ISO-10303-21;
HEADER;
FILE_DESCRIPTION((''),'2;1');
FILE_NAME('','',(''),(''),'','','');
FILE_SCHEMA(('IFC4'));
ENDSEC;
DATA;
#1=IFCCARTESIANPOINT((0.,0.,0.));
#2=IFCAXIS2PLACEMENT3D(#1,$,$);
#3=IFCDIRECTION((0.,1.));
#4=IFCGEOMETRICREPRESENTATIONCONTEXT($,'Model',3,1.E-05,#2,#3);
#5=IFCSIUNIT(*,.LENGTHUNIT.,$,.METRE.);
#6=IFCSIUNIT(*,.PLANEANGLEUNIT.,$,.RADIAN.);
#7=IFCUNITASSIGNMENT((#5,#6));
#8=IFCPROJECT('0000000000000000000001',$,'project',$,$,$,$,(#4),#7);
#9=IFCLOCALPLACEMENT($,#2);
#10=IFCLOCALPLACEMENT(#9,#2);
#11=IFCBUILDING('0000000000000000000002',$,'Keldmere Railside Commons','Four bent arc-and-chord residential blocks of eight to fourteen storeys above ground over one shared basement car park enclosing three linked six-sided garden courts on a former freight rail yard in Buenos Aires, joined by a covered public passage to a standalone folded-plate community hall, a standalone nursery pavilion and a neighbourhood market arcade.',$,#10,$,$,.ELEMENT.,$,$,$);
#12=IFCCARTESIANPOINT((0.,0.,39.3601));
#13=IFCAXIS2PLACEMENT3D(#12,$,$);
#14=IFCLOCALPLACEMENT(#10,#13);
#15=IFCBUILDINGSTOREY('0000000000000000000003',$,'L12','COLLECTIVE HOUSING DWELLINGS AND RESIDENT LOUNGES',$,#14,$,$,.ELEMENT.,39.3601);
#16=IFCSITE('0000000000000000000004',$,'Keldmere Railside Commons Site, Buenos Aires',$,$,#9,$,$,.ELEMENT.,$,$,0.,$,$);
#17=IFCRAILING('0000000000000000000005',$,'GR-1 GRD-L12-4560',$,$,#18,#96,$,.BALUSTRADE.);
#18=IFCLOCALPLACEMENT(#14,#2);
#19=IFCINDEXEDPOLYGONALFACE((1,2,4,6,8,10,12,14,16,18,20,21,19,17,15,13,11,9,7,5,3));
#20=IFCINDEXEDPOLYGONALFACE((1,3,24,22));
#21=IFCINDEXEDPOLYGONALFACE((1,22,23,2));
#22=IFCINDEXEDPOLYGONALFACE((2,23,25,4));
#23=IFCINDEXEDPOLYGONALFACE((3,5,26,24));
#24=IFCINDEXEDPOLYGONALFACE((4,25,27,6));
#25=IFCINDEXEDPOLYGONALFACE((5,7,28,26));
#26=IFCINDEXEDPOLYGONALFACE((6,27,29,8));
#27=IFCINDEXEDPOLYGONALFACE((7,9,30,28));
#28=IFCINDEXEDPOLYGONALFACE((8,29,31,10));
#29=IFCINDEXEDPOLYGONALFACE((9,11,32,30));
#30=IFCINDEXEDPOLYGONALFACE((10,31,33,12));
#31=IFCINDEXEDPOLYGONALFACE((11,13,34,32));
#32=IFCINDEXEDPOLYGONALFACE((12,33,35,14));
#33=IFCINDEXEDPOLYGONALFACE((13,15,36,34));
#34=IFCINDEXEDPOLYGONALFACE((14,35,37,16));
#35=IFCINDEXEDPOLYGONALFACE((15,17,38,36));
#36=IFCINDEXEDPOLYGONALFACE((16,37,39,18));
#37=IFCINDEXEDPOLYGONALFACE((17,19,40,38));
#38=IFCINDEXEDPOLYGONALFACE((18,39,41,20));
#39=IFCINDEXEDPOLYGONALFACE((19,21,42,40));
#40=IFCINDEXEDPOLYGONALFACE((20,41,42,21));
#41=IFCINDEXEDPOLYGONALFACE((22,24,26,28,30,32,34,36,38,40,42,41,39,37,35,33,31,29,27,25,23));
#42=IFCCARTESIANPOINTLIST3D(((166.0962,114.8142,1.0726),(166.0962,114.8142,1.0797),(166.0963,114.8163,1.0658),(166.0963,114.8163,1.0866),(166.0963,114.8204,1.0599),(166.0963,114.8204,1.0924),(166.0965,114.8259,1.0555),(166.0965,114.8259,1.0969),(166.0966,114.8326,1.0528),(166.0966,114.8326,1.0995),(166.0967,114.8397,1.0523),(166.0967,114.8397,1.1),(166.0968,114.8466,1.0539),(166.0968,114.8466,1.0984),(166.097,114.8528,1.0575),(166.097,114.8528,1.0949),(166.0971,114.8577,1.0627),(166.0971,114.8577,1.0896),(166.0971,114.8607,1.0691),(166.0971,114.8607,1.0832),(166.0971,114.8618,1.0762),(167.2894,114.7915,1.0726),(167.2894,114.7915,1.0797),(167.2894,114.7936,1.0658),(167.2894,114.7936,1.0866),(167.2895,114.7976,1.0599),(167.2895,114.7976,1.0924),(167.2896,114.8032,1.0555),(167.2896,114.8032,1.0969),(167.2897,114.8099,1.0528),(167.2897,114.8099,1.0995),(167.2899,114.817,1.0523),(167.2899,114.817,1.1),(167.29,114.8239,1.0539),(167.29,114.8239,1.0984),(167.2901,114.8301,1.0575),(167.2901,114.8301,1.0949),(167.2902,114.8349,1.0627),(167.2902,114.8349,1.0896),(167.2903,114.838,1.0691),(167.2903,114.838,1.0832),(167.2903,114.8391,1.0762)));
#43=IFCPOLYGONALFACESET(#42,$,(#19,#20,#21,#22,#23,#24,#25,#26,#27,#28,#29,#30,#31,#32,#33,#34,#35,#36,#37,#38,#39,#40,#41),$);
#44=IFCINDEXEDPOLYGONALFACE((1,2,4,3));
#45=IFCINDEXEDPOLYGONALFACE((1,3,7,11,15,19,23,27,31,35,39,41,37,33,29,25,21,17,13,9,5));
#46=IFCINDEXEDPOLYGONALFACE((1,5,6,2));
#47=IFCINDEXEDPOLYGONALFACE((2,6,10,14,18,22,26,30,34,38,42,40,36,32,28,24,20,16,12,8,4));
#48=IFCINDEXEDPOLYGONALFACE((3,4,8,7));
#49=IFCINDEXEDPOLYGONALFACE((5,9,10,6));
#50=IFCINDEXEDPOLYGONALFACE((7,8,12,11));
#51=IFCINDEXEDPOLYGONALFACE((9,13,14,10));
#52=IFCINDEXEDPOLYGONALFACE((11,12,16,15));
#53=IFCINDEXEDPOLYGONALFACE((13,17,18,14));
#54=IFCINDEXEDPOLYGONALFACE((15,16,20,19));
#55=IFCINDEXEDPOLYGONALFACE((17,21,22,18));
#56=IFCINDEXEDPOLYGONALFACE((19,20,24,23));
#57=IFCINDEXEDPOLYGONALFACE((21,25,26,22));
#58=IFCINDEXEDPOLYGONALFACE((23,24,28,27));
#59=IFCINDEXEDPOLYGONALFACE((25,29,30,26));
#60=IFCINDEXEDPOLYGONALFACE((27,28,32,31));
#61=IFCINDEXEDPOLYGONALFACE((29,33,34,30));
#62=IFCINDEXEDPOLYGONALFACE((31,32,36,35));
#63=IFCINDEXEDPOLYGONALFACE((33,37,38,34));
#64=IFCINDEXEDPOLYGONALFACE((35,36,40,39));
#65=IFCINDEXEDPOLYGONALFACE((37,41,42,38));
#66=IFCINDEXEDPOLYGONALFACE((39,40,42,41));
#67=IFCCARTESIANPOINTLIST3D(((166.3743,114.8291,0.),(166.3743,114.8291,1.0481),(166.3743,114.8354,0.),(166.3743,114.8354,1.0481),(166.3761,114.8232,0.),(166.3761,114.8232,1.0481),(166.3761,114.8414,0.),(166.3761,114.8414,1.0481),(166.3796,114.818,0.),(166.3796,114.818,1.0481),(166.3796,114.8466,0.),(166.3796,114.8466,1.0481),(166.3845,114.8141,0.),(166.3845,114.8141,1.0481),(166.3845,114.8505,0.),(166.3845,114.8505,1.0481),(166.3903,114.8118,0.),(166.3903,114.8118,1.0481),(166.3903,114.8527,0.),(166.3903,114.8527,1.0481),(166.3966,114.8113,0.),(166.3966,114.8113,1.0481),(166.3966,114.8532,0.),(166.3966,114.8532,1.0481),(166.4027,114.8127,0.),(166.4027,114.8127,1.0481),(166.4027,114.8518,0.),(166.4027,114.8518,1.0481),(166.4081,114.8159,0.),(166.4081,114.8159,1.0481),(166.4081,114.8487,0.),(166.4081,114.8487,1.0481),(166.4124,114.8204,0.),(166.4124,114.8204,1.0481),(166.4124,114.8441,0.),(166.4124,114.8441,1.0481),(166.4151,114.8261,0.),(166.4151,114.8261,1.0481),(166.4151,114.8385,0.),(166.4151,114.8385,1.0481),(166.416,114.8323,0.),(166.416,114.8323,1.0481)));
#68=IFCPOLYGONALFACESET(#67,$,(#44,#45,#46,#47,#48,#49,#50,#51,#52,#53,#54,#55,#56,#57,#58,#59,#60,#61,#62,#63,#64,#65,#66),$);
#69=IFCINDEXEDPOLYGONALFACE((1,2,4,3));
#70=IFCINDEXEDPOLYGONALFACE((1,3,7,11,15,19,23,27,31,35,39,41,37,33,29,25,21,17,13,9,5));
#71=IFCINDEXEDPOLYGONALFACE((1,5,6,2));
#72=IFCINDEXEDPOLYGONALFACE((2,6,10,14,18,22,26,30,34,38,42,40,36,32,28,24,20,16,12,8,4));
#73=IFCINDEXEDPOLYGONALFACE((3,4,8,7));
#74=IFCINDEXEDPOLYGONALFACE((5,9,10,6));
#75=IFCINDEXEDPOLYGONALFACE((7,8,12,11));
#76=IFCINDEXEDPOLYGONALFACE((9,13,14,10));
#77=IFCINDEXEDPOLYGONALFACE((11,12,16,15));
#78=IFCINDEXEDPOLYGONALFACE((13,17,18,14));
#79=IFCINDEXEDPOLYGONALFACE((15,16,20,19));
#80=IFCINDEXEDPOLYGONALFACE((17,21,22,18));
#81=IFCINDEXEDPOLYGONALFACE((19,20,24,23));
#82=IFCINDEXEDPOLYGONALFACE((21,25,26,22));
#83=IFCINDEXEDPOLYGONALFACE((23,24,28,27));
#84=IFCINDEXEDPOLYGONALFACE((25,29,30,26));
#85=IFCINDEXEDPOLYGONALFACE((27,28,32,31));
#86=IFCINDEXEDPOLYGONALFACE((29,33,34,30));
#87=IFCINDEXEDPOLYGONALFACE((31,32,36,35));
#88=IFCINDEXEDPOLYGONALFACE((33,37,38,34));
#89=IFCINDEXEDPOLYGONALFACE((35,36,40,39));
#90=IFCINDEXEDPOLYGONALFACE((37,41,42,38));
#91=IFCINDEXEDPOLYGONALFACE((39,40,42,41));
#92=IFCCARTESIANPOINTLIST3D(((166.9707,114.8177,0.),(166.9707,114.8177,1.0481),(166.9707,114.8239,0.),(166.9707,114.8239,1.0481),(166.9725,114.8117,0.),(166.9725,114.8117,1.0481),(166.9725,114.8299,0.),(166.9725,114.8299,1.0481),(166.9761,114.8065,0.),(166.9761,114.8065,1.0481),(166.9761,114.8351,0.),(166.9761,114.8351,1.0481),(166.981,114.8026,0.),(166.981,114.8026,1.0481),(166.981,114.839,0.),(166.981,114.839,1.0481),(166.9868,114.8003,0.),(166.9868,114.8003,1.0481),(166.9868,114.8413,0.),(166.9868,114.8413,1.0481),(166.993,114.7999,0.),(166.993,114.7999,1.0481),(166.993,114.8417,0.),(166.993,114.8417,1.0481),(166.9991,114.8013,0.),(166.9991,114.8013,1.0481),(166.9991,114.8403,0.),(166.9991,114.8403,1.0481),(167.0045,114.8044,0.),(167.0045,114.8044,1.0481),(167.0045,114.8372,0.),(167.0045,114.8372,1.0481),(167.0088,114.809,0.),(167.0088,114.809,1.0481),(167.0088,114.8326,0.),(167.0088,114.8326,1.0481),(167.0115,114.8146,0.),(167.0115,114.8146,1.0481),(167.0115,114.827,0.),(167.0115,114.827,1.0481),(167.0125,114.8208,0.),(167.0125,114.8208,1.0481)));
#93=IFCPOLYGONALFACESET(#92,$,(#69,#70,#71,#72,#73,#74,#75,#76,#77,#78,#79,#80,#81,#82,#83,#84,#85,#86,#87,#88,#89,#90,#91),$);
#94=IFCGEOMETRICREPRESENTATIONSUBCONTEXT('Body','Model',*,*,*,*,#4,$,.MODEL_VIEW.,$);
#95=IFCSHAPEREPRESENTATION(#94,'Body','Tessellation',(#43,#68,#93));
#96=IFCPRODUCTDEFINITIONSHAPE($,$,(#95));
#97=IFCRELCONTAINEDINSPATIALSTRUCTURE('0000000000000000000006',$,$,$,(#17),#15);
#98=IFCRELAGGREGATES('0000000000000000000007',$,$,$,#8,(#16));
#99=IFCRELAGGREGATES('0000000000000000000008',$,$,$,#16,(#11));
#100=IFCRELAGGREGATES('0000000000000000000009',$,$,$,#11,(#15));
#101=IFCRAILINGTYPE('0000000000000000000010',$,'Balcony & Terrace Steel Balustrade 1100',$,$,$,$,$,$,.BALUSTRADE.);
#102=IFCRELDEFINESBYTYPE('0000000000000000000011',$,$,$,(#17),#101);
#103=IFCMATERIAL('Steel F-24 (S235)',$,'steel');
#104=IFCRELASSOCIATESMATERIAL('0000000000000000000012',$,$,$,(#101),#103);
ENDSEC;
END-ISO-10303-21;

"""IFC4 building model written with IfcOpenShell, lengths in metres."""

from ifc_helpers import new_model, si_unit, direction, frame, origin, origin_2d, place, context, subcontext, project, spatial, circle, extrude, material, type_object, element, save


model = new_model("IFC4")

# Units and contexts
model_context = context("Model", 3, precision=1e-05, world=origin(), true_north=direction((0.0, 1.0)))
body_context = subcontext(model_context, "Body", "Model", "MODEL_VIEW")
ifc_project = project(units=[si_unit("LENGTHUNIT", "METRE"), si_unit("PLANEANGLEUNIT", "RADIAN")], contexts=[model_context])

# Site, building, storey
site_placement = place(None, origin())
site = spatial("IfcSite", under=ifc_project, at=site_placement, Name="Keldmere Railside Commons Site, Buenos Aires", CompositionType="ELEMENT", RefElevation=0.0)
building_placement = place(site_placement, origin())
building = spatial("IfcBuilding", under=site, at=building_placement, Name="Keldmere Railside Commons", Description="Four bent arc-and-chord residential blocks of eight to fourteen storeys above ground over one shared basement car park enclosing three linked six-sided garden courts on a former freight rail yard in Buenos Aires, joined by a covered public passage to a standalone folded-plate community hall, a standalone nursery pavilion and a neighbourhood market arcade.", CompositionType="ELEMENT")
storey_placement = place(building_placement, frame((0.0, 0.0, 39.3601)))
storey = spatial("IfcBuildingStorey", under=building, at=storey_placement, Name="L12", Description="COLLECTIVE HOUSING DWELLINGS AND RESIDENT LOUNGES", CompositionType="ELEMENT", Elevation=39.3601)

# Railing
ifc_material_1 = material(Name="Steel F-24 (S235)", Category="steel")
railing_type = type_object("IfcRailingType", Name="Balcony & Terrace Steel Balustrade 1100", PredefinedType="BALUSTRADE", material=ifc_material_1)
railing_1_placement = place(storey_placement, frame((166.0967, 114.8379, 0.0)))
element("IfcRailing", 1, at=railing_1_placement, inside=storey, type_object=railing_type, Name="GR-1 GRD-L12-4560", PredefinedType="BALUSTRADE", context=body_context, shape_type="SweptSolid", body=[
    extrude(circle(Radius=0.0239, at=origin_2d()), frame((0.0, 0.0, 1.0762), z_axis=(0.999819, -0.019027, 0.0), x_axis=(0.019027, 0.999819, 0.0)), (0.0, 0.0, 1.0), 1.1934),
    extrude(circle(Radius=0.021, at=origin_2d()), frame((0.2983, -0.0056, 0.0)), (0.0, 0.0, 1.0), 1.0481),
    extrude(circle(Radius=0.021, at=origin_2d()), frame((0.8948, -0.0171, 0.0)), (0.0, 0.0, 1.0), 1.0481),
])

save(model, "model.ifc")
